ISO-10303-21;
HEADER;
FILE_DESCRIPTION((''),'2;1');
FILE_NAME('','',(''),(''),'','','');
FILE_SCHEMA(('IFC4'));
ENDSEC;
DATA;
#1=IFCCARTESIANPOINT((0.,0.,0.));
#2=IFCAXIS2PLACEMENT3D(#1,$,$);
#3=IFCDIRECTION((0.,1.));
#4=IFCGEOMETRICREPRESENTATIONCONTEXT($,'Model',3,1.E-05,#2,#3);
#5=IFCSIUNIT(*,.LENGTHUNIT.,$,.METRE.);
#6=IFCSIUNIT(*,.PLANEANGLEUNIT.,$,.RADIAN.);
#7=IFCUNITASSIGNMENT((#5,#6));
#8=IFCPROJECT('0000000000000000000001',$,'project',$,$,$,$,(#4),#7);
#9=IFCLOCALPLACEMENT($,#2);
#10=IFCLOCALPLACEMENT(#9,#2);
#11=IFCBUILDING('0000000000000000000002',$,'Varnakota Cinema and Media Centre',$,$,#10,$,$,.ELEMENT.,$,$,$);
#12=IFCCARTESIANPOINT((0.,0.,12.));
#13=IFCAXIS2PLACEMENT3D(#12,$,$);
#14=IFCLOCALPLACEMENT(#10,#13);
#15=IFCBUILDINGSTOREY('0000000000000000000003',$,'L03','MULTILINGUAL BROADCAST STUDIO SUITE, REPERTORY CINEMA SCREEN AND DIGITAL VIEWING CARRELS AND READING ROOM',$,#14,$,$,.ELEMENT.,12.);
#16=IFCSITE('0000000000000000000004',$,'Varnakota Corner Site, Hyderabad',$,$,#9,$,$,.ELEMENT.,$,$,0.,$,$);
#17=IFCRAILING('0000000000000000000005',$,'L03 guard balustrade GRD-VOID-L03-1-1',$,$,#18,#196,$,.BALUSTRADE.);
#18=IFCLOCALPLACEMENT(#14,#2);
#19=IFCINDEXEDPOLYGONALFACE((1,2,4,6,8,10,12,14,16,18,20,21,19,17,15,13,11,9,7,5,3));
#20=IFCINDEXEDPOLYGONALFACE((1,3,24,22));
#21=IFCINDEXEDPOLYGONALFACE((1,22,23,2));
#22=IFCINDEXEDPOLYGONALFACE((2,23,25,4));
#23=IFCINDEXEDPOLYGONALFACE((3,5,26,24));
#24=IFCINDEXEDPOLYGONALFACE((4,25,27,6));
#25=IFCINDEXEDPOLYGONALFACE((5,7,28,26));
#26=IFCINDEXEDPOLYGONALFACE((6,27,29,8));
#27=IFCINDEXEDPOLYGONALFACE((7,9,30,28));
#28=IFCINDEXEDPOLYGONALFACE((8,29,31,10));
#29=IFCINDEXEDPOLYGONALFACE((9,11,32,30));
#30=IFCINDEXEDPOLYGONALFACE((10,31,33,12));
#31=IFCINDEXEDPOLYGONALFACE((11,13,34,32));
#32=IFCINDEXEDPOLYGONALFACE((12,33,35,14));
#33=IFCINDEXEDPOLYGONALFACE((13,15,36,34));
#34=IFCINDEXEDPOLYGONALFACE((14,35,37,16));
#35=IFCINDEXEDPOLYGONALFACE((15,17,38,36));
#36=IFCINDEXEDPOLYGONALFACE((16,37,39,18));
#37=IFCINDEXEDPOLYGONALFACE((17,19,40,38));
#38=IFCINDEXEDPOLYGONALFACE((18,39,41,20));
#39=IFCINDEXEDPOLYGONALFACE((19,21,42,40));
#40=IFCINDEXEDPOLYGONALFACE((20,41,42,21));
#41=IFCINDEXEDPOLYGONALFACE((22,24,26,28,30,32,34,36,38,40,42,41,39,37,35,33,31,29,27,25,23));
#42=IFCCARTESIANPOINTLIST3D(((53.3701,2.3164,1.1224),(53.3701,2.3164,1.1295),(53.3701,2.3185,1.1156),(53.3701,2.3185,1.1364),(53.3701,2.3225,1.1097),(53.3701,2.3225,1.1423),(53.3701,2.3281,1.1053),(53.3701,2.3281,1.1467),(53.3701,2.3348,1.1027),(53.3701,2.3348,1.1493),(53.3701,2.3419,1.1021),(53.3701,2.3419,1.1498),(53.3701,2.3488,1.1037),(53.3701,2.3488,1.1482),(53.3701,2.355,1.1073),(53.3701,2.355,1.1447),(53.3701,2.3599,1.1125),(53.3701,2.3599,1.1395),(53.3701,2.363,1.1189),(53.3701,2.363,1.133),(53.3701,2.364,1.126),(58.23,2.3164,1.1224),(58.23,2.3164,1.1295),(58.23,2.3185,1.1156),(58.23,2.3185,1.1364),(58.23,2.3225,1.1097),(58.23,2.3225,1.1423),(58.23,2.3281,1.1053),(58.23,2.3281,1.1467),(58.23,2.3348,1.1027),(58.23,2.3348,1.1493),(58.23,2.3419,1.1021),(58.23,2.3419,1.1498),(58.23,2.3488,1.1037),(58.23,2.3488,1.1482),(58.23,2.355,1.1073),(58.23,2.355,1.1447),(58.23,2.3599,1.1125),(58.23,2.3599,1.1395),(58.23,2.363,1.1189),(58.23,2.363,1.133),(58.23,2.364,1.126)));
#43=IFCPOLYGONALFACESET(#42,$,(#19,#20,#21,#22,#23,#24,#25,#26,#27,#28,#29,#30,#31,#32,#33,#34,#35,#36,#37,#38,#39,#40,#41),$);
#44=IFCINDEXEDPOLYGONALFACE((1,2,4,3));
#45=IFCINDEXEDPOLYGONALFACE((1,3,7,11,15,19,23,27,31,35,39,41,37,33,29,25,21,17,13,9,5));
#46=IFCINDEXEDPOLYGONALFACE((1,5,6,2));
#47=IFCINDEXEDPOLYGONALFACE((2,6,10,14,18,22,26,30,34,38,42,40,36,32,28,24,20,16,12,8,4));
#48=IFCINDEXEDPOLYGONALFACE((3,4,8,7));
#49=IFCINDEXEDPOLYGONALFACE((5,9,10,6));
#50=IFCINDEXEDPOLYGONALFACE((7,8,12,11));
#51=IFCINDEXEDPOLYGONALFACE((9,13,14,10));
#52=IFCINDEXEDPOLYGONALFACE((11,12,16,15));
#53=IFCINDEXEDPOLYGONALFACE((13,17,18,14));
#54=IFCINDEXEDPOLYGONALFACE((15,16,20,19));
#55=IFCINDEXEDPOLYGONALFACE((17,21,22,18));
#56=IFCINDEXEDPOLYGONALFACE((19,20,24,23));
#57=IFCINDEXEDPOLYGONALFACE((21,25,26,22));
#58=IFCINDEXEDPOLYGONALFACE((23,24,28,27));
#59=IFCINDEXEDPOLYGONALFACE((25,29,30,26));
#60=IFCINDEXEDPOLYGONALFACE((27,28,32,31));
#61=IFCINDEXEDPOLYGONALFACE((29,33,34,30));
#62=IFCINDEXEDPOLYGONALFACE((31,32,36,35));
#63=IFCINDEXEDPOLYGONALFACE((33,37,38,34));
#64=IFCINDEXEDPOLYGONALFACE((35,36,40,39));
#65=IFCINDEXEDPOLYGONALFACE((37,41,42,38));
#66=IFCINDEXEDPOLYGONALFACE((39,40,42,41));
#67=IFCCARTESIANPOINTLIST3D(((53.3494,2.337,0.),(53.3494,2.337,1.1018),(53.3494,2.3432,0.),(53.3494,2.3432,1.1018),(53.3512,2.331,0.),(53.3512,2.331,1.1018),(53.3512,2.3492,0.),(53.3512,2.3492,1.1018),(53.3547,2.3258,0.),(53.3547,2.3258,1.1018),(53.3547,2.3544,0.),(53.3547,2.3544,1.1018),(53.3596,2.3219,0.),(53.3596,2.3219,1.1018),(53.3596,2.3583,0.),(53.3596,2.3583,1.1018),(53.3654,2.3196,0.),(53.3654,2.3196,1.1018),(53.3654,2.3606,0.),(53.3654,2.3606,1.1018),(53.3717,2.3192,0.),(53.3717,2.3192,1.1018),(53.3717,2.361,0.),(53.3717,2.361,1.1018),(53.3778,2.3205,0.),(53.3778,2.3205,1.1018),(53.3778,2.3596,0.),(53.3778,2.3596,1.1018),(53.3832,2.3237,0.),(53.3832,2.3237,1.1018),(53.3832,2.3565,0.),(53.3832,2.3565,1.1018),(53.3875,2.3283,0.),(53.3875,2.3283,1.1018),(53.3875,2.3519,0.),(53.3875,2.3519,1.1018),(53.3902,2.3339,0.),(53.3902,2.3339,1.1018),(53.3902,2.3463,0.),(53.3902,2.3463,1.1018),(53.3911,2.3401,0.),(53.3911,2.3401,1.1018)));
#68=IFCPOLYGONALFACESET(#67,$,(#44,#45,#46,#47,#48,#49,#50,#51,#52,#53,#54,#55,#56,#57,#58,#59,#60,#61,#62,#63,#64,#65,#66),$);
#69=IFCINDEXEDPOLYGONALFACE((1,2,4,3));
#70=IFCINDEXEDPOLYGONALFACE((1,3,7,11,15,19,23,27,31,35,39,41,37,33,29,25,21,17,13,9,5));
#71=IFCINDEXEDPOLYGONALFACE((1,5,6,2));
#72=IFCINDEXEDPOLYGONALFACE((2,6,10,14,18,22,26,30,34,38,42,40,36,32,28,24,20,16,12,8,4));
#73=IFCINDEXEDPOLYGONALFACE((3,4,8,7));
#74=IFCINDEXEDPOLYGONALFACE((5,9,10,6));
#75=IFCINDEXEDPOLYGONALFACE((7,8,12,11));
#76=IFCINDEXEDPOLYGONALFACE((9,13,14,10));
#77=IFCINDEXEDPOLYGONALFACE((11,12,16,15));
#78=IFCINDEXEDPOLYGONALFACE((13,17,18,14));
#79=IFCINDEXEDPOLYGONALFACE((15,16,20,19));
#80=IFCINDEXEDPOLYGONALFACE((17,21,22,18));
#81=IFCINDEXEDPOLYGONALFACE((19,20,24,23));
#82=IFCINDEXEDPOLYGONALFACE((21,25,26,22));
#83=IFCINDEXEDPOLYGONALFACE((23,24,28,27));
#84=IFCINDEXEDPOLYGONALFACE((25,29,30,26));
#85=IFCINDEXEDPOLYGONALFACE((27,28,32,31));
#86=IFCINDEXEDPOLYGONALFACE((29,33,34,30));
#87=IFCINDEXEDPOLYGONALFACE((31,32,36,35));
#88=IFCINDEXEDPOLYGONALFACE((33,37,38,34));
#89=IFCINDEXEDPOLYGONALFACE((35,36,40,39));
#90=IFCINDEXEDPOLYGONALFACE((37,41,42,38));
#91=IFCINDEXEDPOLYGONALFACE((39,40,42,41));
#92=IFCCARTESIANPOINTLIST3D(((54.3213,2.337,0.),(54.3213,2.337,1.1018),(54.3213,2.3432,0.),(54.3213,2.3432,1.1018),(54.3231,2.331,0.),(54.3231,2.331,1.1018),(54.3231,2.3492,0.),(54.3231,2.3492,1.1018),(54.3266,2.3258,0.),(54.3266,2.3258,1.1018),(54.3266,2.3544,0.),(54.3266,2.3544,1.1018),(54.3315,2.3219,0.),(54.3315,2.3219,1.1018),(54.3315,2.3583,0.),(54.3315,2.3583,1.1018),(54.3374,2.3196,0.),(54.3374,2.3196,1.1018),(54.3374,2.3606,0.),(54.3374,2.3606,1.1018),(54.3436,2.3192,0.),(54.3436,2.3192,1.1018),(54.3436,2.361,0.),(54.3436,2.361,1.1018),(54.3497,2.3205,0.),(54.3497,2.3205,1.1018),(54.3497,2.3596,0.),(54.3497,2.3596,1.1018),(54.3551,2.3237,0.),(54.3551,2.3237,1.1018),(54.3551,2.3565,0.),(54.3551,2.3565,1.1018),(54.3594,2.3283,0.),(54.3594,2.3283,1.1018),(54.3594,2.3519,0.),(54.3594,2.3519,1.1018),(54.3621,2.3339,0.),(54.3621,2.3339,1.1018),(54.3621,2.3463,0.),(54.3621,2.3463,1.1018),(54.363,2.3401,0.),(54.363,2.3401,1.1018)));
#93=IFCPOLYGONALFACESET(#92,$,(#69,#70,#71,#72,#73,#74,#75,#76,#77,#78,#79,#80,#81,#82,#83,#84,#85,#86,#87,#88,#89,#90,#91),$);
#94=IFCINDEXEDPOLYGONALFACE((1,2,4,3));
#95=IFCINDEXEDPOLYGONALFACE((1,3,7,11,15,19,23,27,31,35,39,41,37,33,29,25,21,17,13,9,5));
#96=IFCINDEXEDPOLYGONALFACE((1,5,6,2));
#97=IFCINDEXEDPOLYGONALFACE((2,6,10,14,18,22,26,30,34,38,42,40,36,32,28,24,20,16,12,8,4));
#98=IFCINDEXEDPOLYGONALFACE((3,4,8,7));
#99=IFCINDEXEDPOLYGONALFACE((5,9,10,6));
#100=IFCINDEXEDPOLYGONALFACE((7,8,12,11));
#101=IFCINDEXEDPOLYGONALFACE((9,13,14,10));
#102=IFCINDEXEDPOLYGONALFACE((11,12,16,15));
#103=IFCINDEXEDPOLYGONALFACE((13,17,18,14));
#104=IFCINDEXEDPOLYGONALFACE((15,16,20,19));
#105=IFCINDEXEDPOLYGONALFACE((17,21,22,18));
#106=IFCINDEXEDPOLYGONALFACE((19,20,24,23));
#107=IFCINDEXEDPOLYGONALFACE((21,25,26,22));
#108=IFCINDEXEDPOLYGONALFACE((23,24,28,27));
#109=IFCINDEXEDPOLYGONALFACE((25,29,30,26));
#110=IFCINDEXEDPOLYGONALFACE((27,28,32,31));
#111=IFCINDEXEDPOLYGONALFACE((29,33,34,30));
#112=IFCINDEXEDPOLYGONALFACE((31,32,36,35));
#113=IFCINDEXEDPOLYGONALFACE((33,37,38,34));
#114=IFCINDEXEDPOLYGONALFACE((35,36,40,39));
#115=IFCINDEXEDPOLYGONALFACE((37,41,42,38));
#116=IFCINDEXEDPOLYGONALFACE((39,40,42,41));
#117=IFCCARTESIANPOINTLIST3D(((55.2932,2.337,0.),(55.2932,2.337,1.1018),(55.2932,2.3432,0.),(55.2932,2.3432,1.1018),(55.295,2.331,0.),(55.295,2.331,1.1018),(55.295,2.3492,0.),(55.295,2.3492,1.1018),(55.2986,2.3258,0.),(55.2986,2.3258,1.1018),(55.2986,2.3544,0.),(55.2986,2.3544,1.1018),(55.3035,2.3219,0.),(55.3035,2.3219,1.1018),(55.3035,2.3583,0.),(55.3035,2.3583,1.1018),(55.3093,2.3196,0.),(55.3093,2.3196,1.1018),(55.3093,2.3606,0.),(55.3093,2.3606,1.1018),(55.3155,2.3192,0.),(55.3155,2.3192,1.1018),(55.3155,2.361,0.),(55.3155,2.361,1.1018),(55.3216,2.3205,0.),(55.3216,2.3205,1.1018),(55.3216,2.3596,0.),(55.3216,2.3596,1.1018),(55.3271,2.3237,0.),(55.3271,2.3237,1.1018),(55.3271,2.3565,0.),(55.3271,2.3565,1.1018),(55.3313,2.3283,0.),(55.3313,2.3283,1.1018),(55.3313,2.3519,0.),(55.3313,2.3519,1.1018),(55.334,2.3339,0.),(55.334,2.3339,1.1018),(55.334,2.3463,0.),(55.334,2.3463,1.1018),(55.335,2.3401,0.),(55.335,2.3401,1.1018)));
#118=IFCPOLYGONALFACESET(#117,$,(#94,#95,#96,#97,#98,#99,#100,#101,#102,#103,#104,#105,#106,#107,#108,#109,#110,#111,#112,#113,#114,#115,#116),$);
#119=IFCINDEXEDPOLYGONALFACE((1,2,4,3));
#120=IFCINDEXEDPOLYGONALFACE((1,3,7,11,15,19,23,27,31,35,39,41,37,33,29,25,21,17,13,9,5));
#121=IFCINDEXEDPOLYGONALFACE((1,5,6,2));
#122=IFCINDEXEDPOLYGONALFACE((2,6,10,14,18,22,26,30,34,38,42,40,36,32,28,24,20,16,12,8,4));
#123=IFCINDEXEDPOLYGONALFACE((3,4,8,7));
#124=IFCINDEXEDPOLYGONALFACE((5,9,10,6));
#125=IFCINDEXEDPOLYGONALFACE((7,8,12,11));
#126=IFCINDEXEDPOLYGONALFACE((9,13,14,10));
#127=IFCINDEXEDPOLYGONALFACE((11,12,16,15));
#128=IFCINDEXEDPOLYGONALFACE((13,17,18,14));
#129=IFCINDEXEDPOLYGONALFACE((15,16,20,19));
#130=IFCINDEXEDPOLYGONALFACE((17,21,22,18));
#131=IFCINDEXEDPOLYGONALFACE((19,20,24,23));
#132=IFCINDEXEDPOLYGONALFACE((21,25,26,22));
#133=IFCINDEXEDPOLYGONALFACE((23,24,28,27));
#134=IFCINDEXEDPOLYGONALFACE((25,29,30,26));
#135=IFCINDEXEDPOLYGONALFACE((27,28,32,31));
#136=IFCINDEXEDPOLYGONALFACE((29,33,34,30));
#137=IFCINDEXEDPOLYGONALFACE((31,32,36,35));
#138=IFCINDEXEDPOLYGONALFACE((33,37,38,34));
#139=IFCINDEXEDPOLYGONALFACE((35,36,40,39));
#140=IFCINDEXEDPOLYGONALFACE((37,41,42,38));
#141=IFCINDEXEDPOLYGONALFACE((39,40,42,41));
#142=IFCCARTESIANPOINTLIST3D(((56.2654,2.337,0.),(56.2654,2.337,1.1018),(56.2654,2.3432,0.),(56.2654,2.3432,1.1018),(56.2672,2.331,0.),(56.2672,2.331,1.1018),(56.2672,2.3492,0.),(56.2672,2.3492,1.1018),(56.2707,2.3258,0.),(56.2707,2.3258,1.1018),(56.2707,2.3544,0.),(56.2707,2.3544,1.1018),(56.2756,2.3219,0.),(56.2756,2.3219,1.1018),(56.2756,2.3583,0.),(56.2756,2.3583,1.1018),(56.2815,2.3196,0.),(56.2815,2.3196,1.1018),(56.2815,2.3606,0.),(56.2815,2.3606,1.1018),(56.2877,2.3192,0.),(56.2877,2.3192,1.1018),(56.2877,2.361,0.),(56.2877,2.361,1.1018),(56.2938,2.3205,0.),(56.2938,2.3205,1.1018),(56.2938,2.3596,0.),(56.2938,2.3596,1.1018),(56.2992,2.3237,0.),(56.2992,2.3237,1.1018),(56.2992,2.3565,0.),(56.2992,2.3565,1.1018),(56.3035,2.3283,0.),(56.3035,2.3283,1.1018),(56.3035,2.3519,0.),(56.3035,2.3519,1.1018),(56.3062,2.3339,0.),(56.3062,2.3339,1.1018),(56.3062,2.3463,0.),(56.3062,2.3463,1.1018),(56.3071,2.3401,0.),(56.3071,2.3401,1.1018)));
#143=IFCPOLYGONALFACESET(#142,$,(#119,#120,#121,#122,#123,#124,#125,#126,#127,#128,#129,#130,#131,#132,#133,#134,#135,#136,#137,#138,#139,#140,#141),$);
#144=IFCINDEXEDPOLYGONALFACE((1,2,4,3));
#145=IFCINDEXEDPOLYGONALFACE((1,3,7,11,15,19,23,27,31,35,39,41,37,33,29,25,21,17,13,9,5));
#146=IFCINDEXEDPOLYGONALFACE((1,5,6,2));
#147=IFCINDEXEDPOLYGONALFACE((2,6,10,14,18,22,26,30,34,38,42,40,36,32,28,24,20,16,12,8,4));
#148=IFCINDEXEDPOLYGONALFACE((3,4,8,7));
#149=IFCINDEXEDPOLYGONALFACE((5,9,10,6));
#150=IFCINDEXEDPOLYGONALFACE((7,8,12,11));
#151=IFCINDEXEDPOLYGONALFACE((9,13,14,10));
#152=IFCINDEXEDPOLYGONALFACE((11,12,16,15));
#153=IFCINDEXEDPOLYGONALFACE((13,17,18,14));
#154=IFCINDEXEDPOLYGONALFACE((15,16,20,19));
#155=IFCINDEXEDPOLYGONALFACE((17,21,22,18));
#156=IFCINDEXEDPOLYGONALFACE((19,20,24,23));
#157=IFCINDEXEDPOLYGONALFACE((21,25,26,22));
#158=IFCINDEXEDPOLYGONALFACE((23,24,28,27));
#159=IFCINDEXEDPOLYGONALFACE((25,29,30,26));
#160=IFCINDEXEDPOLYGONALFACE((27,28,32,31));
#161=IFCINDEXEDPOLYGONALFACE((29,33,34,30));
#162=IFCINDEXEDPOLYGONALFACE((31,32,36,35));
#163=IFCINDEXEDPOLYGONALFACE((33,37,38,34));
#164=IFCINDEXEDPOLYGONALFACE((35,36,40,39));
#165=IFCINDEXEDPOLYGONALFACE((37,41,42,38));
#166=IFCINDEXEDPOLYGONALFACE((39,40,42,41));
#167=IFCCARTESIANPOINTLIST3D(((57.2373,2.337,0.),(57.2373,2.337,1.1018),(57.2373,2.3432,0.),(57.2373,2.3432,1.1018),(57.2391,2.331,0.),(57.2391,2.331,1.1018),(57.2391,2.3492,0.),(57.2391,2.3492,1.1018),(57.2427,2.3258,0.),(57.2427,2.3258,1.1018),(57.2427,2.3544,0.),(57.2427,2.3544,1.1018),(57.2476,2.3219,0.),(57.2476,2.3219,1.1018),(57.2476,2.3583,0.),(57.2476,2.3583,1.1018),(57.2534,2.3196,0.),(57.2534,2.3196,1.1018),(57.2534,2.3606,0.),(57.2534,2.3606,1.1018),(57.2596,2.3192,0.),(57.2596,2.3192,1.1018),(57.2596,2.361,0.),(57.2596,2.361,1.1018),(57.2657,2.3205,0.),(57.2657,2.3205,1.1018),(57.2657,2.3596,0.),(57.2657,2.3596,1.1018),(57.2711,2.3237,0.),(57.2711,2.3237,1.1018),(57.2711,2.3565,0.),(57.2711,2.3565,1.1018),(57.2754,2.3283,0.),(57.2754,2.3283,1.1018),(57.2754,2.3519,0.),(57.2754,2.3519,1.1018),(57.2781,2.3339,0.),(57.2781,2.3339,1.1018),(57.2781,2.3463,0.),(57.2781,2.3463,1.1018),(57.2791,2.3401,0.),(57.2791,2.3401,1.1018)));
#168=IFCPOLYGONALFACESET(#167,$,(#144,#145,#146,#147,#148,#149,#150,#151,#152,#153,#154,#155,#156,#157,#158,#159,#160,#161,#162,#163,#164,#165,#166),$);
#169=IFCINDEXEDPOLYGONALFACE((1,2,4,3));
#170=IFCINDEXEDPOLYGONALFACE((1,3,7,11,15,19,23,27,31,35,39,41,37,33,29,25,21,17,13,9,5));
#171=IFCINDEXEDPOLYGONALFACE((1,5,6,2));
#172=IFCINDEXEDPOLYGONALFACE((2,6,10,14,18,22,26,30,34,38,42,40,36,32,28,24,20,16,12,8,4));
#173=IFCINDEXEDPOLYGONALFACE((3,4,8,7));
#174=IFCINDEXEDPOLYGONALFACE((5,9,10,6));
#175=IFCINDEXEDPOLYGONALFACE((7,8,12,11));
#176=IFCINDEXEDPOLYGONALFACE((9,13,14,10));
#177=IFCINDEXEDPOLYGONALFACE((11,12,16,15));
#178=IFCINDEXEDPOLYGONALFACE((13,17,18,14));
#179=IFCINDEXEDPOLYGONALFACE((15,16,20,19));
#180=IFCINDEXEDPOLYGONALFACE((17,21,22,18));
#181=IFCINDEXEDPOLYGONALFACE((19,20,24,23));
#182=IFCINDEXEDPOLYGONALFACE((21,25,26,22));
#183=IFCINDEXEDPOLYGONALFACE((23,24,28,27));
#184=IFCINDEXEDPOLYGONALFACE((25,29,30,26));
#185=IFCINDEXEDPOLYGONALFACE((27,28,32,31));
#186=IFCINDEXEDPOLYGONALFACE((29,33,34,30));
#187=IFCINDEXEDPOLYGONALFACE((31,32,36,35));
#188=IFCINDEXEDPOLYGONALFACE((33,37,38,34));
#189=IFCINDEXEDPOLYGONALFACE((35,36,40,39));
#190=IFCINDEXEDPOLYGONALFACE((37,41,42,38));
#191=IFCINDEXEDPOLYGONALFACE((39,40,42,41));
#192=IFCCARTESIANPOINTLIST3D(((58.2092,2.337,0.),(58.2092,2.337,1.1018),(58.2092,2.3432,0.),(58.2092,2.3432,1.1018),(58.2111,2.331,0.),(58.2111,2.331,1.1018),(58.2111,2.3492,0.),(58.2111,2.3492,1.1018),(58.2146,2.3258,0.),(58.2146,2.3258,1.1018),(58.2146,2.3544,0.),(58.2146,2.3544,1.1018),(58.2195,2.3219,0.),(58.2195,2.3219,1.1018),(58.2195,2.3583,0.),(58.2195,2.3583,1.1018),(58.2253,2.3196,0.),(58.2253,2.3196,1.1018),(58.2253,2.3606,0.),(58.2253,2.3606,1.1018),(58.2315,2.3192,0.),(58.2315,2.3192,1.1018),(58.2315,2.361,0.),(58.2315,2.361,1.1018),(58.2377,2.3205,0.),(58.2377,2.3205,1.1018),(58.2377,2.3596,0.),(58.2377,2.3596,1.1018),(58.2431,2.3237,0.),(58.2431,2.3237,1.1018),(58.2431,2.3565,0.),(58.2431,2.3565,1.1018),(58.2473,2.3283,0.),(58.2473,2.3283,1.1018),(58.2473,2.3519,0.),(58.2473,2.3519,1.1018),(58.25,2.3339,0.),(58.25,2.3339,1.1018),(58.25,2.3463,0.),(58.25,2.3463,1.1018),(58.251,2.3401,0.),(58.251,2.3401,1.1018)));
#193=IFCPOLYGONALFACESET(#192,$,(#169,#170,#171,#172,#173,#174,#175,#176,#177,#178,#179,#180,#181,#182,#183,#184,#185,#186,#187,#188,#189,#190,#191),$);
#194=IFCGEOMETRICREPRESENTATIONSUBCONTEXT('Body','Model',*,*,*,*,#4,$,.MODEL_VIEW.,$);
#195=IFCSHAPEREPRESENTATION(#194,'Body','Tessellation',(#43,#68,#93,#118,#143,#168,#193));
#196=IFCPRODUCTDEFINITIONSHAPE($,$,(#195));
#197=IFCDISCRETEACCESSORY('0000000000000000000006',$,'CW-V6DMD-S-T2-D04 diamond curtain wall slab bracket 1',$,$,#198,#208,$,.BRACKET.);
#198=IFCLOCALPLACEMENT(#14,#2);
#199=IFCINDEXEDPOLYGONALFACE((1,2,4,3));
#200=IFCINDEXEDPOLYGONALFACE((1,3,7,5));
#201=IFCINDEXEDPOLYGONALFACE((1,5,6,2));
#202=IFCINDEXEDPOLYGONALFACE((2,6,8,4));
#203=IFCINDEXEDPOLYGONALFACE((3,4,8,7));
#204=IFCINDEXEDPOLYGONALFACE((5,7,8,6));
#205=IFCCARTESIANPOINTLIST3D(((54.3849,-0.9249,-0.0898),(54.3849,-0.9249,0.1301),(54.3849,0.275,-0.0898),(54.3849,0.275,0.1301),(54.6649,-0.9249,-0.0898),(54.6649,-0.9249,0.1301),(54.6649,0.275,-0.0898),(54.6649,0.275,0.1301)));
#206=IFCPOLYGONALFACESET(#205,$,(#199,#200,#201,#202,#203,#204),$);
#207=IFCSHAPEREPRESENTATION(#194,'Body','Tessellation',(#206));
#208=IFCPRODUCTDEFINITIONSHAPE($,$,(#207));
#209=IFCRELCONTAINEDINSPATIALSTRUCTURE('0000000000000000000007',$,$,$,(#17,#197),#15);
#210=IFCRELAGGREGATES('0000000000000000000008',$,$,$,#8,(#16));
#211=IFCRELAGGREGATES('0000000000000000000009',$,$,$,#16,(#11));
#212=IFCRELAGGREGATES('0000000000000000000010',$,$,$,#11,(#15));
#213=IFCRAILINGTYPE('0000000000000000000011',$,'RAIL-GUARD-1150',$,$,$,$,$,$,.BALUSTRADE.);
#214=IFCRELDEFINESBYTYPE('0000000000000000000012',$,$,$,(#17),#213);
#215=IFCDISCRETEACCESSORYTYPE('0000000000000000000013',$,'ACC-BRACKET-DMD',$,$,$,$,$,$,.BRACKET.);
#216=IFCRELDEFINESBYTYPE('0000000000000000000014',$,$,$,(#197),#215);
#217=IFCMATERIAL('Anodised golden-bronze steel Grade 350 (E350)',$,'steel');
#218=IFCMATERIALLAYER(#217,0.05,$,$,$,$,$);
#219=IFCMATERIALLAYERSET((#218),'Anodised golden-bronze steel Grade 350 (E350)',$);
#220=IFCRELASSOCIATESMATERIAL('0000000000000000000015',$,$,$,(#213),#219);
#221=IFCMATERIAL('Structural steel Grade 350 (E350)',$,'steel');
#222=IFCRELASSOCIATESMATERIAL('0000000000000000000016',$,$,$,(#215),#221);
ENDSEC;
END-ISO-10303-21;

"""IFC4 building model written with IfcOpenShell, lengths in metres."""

from ifc_helpers import new_model, si_unit, direction, frame, origin, origin_2d, place, context, subcontext, project, spatial, rectangle, circle, extrude, material, layer, layer_set, type_object, element, save


model = new_model("IFC4")

# Units and contexts
model_context = context("Model", 3, precision=1e-05, world=origin(), true_north=direction((0.0, 1.0)))
body_context = subcontext(model_context, "Body", "Model", "MODEL_VIEW")
ifc_project = project(units=[si_unit("LENGTHUNIT", "METRE"), si_unit("PLANEANGLEUNIT", "RADIAN")], contexts=[model_context])

# Site, building, storey
site_placement = place(None, origin())
site = spatial("IfcSite", under=ifc_project, at=site_placement, Name="Varnakota Corner Site, Hyderabad", CompositionType="ELEMENT", RefElevation=0.0)
building_placement = place(site_placement, origin())
building = spatial("IfcBuilding", under=site, at=building_placement, Name="Varnakota Cinema and Media Centre", CompositionType="ELEMENT")
storey_placement = place(building_placement, frame((0.0, 0.0, 12.0)))
storey = spatial("IfcBuildingStorey", under=building, at=storey_placement, Name="L03", Description="MULTILINGUAL BROADCAST STUDIO SUITE, REPERTORY CINEMA SCREEN AND DIGITAL VIEWING CARRELS AND READING ROOM", CompositionType="ELEMENT", Elevation=12.0)

# Railing
ifc_material_1 = material(Name="Anodised golden-bronze steel Grade 350 (E350)", Category="steel")
ifc_layer_1 = layer(ifc_material_1, 0.05)
ifc_layer_set_1 = layer_set([ifc_layer_1], Name="Anodised golden-bronze steel Grade 350 (E350)")
railing_type = type_object("IfcRailingType", Name="RAIL-GUARD-1150", PredefinedType="BALUSTRADE", material=ifc_layer_set_1)
railing_1_placement = place(storey_placement, frame((53.3701, 2.3401, 0.0)))
element("IfcRailing", 1, at=railing_1_placement, inside=storey, type_object=railing_type, Name="L03 guard balustrade GRD-VOID-L03-1-1", PredefinedType="BALUSTRADE", context=body_context, shape_type="SweptSolid", body=[
    extrude(circle(Radius=0.0239, at=origin_2d()), frame((0.0, 0.0, 1.126), z_axis=(1.0, 0.0, 0.0), x_axis=(0.0, 1.0, 0.0)), (0.0, 0.0, 1.0), 4.8599),
    extrude(circle(Radius=0.021, at=origin_2d()), origin(), (0.0, 0.0, 1.0), 1.1018),
    extrude(circle(Radius=0.021, at=origin_2d()), frame((0.9719, 0.0, 0.0)), (0.0, 0.0, 1.0), 1.1018),
    extrude(circle(Radius=0.021, at=origin_2d()), frame((1.9438, 0.0, 0.0)), (0.0, 0.0, 1.0), 1.1018),
    extrude(circle(Radius=0.021, at=origin_2d()), frame((2.916, 0.0, 0.0)), (0.0, 0.0, 1.0), 1.1018),
    extrude(circle(Radius=0.021, at=origin_2d()), frame((3.8879, 0.0, 0.0)), (0.0, 0.0, 1.0), 1.1018),
    extrude(circle(Radius=0.021, at=origin_2d()), frame((4.8599, 0.0, 0.0)), (0.0, 0.0, 1.0), 1.1018),
])

# Discrete accessory
ifc_material_2 = material(Name="Structural steel Grade 350 (E350)", Category="steel")
discrete_accessory_type = type_object("IfcDiscreteAccessoryType", Name="ACC-BRACKET-DMD", PredefinedType="BRACKET", material=ifc_material_2)
for number, where, z_axis, x_axis, name in (
    (2, (54.5249, -0.325, -0.0898), (0.0, 0.0, 1.0), (-1.0, 0.0, 0.0), "CW-V6DMD-S-T2-D04 diamond curtain wall slab bracket 1"),
):
    element("IfcDiscreteAccessory", number, at=place(storey_placement, frame(where, z_axis=z_axis, x_axis=x_axis)), inside=storey, type_object=discrete_accessory_type, Name=name, PredefinedType="BRACKET", context=body_context, shape_type="SweptSolid", body=[
        extrude(rectangle(XDim=0.28, YDim=1.2, at=origin_2d()), origin(), (0.0, 0.0, 1.0), 0.22),
    ])

save(model, "model.ifc")
